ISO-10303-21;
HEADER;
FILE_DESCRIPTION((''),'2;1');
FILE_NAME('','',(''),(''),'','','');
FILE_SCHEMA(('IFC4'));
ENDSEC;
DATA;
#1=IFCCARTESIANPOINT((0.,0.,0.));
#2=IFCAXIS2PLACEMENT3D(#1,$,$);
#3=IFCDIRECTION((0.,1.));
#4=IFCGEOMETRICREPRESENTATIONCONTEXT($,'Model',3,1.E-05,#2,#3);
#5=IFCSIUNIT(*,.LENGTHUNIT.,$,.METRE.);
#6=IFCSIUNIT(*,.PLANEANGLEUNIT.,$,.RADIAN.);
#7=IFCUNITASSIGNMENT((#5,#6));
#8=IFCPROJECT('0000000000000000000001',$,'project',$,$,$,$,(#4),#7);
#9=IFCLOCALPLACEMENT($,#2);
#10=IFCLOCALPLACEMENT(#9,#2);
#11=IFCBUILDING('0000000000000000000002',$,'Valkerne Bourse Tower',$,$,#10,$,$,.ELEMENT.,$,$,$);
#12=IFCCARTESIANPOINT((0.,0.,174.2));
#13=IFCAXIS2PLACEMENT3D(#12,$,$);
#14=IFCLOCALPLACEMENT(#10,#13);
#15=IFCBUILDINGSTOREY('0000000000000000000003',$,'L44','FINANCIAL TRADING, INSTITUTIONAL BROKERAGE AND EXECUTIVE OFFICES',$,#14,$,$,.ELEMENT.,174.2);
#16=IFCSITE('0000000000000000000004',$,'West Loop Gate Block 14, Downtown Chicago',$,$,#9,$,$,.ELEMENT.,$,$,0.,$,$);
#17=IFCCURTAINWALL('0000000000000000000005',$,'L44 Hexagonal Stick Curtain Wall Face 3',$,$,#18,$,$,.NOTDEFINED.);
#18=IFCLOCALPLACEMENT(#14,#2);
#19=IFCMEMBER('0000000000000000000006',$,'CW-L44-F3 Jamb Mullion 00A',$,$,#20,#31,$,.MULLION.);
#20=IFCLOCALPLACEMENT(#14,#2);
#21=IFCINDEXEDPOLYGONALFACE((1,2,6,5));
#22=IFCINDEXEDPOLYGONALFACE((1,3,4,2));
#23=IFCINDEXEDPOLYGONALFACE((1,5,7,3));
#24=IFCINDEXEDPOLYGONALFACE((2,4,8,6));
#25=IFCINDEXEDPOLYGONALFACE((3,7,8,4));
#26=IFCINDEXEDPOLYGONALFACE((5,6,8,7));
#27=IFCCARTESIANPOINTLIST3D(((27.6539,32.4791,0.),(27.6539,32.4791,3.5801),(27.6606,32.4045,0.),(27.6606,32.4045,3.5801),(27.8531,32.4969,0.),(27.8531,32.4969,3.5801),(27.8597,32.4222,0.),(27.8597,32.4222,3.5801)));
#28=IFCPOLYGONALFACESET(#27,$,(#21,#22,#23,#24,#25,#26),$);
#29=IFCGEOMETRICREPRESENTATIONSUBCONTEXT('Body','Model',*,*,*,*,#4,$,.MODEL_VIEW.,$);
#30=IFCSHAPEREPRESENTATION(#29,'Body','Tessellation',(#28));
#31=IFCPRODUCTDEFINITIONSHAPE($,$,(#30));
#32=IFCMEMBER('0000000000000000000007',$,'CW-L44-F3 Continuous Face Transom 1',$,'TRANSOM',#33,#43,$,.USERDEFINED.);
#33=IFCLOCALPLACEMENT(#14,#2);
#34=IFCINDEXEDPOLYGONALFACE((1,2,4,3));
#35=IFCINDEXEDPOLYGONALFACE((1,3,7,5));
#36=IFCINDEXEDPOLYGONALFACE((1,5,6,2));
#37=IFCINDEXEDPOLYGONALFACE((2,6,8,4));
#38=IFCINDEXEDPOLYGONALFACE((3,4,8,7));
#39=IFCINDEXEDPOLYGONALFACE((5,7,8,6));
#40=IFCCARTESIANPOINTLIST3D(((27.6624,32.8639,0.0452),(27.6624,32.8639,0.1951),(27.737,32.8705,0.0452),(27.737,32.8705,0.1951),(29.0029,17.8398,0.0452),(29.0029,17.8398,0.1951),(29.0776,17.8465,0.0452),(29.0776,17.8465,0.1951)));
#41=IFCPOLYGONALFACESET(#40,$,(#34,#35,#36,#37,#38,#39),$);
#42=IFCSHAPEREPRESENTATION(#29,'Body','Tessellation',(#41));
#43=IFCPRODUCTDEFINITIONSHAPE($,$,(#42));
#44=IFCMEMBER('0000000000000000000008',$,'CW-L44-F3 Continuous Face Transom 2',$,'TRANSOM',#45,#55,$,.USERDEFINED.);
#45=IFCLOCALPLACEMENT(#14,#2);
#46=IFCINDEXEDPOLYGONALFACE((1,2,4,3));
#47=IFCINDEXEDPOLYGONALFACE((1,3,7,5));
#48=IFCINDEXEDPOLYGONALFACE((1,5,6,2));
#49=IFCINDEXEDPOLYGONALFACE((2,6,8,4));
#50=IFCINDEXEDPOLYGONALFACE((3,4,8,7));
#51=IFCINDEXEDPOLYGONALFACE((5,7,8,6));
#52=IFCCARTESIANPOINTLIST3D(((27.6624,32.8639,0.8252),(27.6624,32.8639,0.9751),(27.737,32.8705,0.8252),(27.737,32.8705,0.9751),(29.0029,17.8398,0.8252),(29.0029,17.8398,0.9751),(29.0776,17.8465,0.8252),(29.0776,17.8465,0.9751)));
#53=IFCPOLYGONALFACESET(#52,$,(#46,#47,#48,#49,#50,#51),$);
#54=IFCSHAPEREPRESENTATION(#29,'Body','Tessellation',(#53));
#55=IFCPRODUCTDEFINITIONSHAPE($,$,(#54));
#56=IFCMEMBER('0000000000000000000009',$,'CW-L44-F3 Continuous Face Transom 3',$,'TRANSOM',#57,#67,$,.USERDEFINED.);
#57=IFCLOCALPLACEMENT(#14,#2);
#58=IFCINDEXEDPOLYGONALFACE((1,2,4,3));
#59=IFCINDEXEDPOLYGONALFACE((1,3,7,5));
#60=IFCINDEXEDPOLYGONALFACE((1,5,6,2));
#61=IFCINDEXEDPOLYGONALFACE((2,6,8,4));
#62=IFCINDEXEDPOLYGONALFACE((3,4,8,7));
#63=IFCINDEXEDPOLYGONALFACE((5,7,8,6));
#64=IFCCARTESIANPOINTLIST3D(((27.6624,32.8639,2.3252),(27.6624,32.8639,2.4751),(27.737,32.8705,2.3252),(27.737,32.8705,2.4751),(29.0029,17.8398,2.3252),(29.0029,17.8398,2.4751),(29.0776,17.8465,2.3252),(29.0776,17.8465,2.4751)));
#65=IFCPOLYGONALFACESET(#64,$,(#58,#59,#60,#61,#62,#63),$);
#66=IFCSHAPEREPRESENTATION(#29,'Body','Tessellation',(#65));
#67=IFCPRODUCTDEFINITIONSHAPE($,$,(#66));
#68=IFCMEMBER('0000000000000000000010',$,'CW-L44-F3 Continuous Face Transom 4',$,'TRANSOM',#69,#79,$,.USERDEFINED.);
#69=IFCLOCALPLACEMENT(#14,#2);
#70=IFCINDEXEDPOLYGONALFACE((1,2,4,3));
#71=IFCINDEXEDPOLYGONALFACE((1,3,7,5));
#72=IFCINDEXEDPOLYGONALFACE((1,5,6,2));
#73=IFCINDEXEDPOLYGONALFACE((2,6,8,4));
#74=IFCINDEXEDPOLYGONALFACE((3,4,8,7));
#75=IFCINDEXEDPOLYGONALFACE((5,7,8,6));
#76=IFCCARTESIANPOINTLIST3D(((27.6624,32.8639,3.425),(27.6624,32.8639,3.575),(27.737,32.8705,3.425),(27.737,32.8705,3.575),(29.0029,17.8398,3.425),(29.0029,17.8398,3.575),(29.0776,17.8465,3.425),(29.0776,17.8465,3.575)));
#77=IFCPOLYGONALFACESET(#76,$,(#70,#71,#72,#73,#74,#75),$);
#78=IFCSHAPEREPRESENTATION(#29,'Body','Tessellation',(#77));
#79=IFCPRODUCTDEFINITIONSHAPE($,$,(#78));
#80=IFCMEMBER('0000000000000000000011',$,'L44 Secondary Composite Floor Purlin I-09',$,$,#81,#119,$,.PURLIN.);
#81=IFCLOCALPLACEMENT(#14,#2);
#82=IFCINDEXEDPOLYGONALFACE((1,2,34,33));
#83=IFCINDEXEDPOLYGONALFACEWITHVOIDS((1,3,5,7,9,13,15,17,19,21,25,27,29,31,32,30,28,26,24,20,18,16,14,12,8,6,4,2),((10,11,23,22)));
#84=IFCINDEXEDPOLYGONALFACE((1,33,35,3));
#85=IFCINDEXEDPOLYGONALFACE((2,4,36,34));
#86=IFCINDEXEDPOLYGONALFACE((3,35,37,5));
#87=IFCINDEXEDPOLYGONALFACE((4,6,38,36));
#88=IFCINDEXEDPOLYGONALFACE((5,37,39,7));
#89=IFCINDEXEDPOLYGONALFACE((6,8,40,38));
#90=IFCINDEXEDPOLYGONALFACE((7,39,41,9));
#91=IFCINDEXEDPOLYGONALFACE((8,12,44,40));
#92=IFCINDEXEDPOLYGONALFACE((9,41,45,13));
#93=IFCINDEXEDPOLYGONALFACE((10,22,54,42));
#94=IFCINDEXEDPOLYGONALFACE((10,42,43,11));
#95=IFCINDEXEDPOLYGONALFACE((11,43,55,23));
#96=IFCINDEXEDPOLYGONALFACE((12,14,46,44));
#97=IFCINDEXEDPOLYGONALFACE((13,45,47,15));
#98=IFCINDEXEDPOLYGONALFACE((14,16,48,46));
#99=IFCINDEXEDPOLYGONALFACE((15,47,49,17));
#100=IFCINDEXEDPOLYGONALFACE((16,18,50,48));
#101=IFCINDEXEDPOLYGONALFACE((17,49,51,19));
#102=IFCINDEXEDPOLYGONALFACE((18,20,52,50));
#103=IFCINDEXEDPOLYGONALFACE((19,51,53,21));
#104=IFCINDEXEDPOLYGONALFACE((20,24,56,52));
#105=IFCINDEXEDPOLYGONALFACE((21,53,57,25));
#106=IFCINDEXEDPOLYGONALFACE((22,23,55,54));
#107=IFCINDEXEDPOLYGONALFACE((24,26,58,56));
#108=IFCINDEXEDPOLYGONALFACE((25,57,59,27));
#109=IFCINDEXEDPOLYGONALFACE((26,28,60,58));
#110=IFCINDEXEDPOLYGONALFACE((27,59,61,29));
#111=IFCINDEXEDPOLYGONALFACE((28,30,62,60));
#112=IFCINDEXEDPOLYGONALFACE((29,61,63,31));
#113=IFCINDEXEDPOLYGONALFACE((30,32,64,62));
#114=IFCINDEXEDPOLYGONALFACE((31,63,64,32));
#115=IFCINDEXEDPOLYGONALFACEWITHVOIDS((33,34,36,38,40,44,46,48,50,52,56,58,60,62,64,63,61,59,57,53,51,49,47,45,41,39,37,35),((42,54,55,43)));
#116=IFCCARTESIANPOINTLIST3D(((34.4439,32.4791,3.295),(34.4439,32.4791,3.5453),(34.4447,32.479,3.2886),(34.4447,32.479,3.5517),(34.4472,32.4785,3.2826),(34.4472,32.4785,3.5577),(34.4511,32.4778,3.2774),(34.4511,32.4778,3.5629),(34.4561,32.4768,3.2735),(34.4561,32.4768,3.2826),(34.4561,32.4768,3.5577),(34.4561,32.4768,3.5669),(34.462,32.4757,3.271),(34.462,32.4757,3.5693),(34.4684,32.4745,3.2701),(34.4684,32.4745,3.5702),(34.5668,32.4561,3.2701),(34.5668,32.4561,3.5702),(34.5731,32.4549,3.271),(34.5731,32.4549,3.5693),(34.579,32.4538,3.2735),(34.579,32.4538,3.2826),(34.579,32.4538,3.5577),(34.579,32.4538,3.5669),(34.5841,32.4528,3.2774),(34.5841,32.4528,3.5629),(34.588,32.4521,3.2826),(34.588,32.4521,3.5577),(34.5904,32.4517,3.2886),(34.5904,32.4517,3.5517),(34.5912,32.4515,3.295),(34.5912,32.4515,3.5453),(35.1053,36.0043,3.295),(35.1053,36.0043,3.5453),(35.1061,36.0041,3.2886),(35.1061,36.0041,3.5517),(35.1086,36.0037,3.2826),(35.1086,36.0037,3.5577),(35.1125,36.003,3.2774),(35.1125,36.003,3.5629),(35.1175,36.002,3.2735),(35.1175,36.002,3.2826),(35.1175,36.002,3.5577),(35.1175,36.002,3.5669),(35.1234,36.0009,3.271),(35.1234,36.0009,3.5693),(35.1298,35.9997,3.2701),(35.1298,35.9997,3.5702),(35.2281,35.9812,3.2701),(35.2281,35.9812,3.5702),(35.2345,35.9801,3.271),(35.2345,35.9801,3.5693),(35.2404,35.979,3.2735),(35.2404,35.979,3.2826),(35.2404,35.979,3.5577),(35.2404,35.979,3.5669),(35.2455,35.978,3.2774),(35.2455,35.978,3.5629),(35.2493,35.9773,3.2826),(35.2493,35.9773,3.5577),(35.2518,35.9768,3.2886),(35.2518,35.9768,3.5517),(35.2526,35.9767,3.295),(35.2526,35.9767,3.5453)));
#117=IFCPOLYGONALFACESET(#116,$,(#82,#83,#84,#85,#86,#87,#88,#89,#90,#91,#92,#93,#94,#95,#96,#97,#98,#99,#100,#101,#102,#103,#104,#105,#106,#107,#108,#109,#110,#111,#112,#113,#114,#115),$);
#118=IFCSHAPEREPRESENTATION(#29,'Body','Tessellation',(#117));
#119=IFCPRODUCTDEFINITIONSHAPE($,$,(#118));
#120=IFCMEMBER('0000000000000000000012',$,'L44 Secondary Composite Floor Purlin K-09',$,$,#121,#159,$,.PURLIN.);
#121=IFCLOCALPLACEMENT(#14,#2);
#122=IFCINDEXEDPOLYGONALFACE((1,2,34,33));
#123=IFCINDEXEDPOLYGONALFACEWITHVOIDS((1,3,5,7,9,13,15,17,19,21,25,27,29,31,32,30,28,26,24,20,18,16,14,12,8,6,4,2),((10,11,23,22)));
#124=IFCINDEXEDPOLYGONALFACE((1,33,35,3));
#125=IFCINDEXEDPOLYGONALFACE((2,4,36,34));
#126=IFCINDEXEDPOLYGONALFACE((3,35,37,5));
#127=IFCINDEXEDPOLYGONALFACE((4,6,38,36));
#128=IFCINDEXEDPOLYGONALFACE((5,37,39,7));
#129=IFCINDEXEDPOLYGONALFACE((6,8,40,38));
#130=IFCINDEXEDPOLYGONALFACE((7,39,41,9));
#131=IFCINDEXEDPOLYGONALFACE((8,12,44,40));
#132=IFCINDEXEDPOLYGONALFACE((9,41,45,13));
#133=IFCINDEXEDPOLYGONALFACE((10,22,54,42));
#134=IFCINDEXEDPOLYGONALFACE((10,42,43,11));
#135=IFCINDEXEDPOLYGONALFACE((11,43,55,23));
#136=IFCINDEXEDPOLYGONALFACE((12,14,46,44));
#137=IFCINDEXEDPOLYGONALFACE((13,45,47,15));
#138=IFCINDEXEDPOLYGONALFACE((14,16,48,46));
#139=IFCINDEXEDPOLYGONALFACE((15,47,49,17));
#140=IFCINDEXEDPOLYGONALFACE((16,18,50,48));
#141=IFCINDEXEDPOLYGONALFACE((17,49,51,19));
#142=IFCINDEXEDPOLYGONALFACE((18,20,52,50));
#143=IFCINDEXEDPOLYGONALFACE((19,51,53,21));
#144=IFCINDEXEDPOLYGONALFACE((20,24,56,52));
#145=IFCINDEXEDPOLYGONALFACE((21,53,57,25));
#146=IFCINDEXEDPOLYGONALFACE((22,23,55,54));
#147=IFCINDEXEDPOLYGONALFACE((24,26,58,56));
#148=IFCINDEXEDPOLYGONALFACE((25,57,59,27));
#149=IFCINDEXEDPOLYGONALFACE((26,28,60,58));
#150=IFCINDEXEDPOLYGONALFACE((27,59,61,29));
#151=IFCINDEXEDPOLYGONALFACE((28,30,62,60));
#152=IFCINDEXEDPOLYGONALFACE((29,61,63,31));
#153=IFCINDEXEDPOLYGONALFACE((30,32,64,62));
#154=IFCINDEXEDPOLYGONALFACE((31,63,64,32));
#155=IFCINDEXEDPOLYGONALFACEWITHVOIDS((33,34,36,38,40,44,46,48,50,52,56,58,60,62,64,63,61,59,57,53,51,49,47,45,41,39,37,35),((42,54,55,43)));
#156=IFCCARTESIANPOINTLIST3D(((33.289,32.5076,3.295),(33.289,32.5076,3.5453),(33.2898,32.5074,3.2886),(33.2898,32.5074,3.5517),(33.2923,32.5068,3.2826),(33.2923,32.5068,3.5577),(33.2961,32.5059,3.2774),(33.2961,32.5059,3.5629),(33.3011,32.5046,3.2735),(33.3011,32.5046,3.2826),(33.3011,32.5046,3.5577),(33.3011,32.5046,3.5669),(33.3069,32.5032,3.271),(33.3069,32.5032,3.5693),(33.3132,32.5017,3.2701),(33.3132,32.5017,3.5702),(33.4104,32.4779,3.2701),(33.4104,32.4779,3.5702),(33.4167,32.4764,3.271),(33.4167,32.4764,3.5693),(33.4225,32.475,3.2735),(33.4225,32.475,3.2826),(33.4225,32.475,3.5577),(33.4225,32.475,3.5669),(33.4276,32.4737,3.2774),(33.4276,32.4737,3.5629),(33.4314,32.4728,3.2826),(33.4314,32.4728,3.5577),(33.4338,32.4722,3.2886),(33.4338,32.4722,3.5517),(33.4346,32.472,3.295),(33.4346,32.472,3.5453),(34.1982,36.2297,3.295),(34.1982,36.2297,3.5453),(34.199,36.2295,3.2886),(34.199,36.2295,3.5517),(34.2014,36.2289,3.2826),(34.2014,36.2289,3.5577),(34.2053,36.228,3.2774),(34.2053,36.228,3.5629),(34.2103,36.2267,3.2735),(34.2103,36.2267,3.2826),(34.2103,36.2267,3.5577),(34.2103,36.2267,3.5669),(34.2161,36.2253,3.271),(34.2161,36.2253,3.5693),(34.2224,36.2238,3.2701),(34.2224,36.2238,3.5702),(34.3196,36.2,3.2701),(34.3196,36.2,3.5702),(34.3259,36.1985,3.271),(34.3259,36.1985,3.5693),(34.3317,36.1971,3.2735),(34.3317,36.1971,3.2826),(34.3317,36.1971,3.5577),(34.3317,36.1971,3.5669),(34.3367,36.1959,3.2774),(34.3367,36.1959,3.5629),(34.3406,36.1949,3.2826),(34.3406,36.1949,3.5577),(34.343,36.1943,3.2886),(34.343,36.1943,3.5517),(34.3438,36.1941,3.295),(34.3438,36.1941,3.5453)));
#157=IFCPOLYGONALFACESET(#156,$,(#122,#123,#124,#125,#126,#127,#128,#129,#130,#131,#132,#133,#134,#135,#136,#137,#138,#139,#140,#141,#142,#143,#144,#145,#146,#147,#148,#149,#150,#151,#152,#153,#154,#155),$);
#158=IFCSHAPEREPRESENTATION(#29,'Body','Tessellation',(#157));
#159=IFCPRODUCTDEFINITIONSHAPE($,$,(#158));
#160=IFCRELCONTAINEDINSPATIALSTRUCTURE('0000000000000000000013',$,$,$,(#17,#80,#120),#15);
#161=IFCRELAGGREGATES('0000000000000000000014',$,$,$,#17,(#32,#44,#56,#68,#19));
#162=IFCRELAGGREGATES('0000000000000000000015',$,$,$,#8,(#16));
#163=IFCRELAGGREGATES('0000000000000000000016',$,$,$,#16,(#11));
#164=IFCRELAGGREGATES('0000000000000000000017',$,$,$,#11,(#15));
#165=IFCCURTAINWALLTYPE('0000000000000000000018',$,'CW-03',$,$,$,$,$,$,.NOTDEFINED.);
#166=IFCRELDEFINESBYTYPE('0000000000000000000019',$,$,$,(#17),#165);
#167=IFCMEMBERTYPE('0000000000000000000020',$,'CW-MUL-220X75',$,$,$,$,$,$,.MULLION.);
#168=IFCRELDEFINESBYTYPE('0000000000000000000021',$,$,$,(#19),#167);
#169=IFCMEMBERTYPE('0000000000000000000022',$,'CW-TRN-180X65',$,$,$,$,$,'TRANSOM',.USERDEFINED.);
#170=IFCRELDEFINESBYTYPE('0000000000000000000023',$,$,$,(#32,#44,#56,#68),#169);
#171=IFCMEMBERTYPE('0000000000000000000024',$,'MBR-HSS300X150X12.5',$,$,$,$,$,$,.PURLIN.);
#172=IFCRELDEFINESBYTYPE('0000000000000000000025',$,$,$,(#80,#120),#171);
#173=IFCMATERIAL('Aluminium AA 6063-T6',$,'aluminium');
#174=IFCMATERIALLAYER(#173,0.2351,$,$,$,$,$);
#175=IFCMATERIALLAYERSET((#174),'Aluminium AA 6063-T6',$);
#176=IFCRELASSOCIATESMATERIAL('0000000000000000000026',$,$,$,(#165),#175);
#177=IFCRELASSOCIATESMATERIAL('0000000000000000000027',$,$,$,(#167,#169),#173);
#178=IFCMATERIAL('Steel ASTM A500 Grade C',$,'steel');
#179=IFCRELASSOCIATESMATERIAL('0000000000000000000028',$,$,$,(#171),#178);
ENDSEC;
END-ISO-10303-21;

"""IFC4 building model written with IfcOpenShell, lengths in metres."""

from ifc_helpers import new_model, si_unit, direction, frame, origin, origin_2d, place, context, subcontext, project, spatial, rectangle, hollow_rectangle, extrude, material, layer, layer_set, material_profile, profile_set, type_object, element, aggregate, save


model = new_model("IFC4")

# Units and contexts
model_context = context("Model", 3, precision=1e-05, world=origin(), true_north=direction((0.0, 1.0)))
body_context = subcontext(model_context, "Body", "Model", "MODEL_VIEW")
ifc_project = project(units=[si_unit("LENGTHUNIT", "METRE"), si_unit("PLANEANGLEUNIT", "RADIAN")], contexts=[model_context])

# Site, building, storey
site_placement = place(None, origin())
site = spatial("IfcSite", under=ifc_project, at=site_placement, Name="West Loop Gate Block 14, Downtown Chicago", CompositionType="ELEMENT", RefElevation=0.0)
building_placement = place(site_placement, origin())
building = spatial("IfcBuilding", under=site, at=building_placement, Name="Valkerne Bourse Tower", CompositionType="ELEMENT")
storey_placement = place(building_placement, frame((0.0, 0.0, 174.2)))
storey = spatial("IfcBuildingStorey", under=building, at=storey_placement, Name="L44", Description="FINANCIAL TRADING, INSTITUTIONAL BROKERAGE AND EXECUTIVE OFFICES", CompositionType="ELEMENT", Elevation=174.2)

# Curtain wall, members
ifc_material_1 = material(Name="Aluminium AA 6063-T6", Category="aluminium")
ifc_layer_1 = layer(ifc_material_1, 0.2351)
ifc_layer_set_1 = layer_set([ifc_layer_1], Name="Aluminium AA 6063-T6")
curtain_wall_type = type_object("IfcCurtainWallType", Name="CW-03", PredefinedType="NOTDEFINED", material=ifc_layer_set_1)
curtain_wall_placement = place(storey_placement, origin())
curtain_wall = element("IfcCurtainWall", 1, at=curtain_wall_placement, inside=storey, type_object=curtain_wall_type, Name="L44 Hexagonal Stick Curtain Wall Face 3", PredefinedType="NOTDEFINED")
ifc_material_profile_1 = material_profile(ifc_material_1, rectangle(XDim=0.075, YDim=0.2, at=origin_2d()), Name="CWM-75X200")
ifc_profile_set_1 = profile_set([ifc_material_profile_1], Name="Aluminium AA 6063-T6")
member_type_1 = type_object("IfcMemberType", Name="CW-MUL-220X75", PredefinedType="MULLION", material=ifc_profile_set_1)
member_1_placement = place(storey_placement, frame((27.7568, 32.4507, 0.0), z_axis=(0.0, 0.0, 1.0), x_axis=(0.088888, -0.996042, 0.0)))
member_1 = element("IfcMember", 2, at=member_1_placement, type_object=member_type_1, Name="CW-L44-F3 Jamb Mullion 00A", PredefinedType="MULLION", context=body_context, shape_type="SweptSolid", body=[
    extrude(rectangle(XDim=0.075, YDim=0.2, at=origin_2d()), origin(), (0.0, 0.0, 1.0), 3.5801),
])
ifc_material_profile_2 = material_profile(ifc_material_1, rectangle(XDim=0.075, YDim=0.1499, at=origin_2d()), Name="CWT-75X150")
ifc_profile_set_2 = profile_set([ifc_material_profile_2], Name="Aluminium AA 6063-T6")
member_type_2 = type_object("IfcMemberType", Name="CW-TRN-180X65", ElementType="TRANSOM", PredefinedType="USERDEFINED", material=ifc_profile_set_2)
member_2_placement = place(storey_placement, frame((27.6997, 32.8672, 0.1201), z_axis=(0.088875, -0.996043, 0.0), x_axis=(0.996043, 0.088875, 0.0)))
member_2 = element("IfcMember", 3, at=member_2_placement, type_object=member_type_2, Name="CW-L44-F3 Continuous Face Transom 1", ObjectType="TRANSOM", PredefinedType="USERDEFINED", context=body_context, shape_type="SweptSolid", body=[
    extrude(rectangle(XDim=0.075, YDim=0.1499, at=origin_2d()), origin(), (0.0, 0.0, 1.0), 15.0837),
])
member_3_placement = place(storey_placement, frame((27.6997, 32.8672, 0.9001), z_axis=(0.088875, -0.996043, 0.0), x_axis=(0.996043, 0.088875, 0.0)))
member_3 = element("IfcMember", 4, at=member_3_placement, type_object=member_type_2, Name="CW-L44-F3 Continuous Face Transom 2", ObjectType="TRANSOM", PredefinedType="USERDEFINED", context=body_context, shape_type="SweptSolid", body=[
    extrude(rectangle(XDim=0.075, YDim=0.1499, at=origin_2d()), origin(), (0.0, 0.0, 1.0), 15.0837),
])
member_4_placement = place(storey_placement, frame((27.6997, 32.8672, 2.4001), z_axis=(0.088875, -0.996043, 0.0), x_axis=(0.996043, 0.088875, 0.0)))
member_4 = element("IfcMember", 5, at=member_4_placement, type_object=member_type_2, Name="CW-L44-F3 Continuous Face Transom 3", ObjectType="TRANSOM", PredefinedType="USERDEFINED", context=body_context, shape_type="SweptSolid", body=[
    extrude(rectangle(XDim=0.075, YDim=0.1499, at=origin_2d()), origin(), (0.0, 0.0, 1.0), 15.0837),
])
member_5_placement = place(storey_placement, frame((27.6997, 32.8672, 3.5), z_axis=(0.088875, -0.996043, 0.0), x_axis=(0.996043, 0.088875, 0.0)))
member_5 = element("IfcMember", 6, at=member_5_placement, type_object=member_type_2, Name="CW-L44-F3 Continuous Face Transom 4", ObjectType="TRANSOM", PredefinedType="USERDEFINED", context=body_context, shape_type="SweptSolid", body=[
    extrude(rectangle(XDim=0.075, YDim=0.1499, at=origin_2d()), origin(), (0.0, 0.0, 1.0), 15.0837),
])

# Members
ifc_material_2 = material(Name="Steel ASTM A500 Grade C", Category="steel")
ifc_material_profile_3 = material_profile(ifc_material_2, hollow_rectangle(XDim=0.1499, YDim=0.3, WallThickness=0.0125, OuterFilletRadius=0.0249, at=origin_2d()), Name="HSS300X150X12.5")
ifc_profile_set_3 = profile_set([ifc_material_profile_3], Name="Steel ASTM A500 Grade C")
member_type_3 = type_object("IfcMemberType", Name="MBR-HSS300X150X12.5", PredefinedType="PURLIN", material=ifc_profile_set_3)
member_6_placement = place(storey_placement, frame((35.179, 35.9905, 3.4202), z_axis=(-0.184399, -0.982851, 0.0), x_axis=(0.982851, -0.184399, 0.0)))
element("IfcMember", 7, at=member_6_placement, inside=storey, type_object=member_type_3, Name="L44 Secondary Composite Floor Purlin I-09", PredefinedType="PURLIN", context=body_context, shape_type="SweptSolid", body=[
    extrude(hollow_rectangle(XDim=0.1499, YDim=0.3, WallThickness=0.0125, OuterFilletRadius=0.0249, at=origin_2d()), origin(), (0.0, 0.0, 1.0), 3.5867),
])
member_7_placement = place(storey_placement, frame((34.271, 36.2119, 3.4202), z_axis=(-0.237285, -0.97144, 0.0), x_axis=(0.97144, -0.237285, 0.0)))
element("IfcMember", 8, at=member_7_placement, inside=storey, type_object=member_type_3, Name="L44 Secondary Composite Floor Purlin K-09", PredefinedType="PURLIN", context=body_context, shape_type="SweptSolid", body=[
    extrude(hollow_rectangle(XDim=0.1499, YDim=0.3, WallThickness=0.0125, OuterFilletRadius=0.0249, at=origin_2d()), origin(), (0.0, 0.0, 1.0), 3.8315),
])

aggregate(curtain_wall, [member_2, member_3, member_4, member_5, member_1])

save(model, "model.ifc")
